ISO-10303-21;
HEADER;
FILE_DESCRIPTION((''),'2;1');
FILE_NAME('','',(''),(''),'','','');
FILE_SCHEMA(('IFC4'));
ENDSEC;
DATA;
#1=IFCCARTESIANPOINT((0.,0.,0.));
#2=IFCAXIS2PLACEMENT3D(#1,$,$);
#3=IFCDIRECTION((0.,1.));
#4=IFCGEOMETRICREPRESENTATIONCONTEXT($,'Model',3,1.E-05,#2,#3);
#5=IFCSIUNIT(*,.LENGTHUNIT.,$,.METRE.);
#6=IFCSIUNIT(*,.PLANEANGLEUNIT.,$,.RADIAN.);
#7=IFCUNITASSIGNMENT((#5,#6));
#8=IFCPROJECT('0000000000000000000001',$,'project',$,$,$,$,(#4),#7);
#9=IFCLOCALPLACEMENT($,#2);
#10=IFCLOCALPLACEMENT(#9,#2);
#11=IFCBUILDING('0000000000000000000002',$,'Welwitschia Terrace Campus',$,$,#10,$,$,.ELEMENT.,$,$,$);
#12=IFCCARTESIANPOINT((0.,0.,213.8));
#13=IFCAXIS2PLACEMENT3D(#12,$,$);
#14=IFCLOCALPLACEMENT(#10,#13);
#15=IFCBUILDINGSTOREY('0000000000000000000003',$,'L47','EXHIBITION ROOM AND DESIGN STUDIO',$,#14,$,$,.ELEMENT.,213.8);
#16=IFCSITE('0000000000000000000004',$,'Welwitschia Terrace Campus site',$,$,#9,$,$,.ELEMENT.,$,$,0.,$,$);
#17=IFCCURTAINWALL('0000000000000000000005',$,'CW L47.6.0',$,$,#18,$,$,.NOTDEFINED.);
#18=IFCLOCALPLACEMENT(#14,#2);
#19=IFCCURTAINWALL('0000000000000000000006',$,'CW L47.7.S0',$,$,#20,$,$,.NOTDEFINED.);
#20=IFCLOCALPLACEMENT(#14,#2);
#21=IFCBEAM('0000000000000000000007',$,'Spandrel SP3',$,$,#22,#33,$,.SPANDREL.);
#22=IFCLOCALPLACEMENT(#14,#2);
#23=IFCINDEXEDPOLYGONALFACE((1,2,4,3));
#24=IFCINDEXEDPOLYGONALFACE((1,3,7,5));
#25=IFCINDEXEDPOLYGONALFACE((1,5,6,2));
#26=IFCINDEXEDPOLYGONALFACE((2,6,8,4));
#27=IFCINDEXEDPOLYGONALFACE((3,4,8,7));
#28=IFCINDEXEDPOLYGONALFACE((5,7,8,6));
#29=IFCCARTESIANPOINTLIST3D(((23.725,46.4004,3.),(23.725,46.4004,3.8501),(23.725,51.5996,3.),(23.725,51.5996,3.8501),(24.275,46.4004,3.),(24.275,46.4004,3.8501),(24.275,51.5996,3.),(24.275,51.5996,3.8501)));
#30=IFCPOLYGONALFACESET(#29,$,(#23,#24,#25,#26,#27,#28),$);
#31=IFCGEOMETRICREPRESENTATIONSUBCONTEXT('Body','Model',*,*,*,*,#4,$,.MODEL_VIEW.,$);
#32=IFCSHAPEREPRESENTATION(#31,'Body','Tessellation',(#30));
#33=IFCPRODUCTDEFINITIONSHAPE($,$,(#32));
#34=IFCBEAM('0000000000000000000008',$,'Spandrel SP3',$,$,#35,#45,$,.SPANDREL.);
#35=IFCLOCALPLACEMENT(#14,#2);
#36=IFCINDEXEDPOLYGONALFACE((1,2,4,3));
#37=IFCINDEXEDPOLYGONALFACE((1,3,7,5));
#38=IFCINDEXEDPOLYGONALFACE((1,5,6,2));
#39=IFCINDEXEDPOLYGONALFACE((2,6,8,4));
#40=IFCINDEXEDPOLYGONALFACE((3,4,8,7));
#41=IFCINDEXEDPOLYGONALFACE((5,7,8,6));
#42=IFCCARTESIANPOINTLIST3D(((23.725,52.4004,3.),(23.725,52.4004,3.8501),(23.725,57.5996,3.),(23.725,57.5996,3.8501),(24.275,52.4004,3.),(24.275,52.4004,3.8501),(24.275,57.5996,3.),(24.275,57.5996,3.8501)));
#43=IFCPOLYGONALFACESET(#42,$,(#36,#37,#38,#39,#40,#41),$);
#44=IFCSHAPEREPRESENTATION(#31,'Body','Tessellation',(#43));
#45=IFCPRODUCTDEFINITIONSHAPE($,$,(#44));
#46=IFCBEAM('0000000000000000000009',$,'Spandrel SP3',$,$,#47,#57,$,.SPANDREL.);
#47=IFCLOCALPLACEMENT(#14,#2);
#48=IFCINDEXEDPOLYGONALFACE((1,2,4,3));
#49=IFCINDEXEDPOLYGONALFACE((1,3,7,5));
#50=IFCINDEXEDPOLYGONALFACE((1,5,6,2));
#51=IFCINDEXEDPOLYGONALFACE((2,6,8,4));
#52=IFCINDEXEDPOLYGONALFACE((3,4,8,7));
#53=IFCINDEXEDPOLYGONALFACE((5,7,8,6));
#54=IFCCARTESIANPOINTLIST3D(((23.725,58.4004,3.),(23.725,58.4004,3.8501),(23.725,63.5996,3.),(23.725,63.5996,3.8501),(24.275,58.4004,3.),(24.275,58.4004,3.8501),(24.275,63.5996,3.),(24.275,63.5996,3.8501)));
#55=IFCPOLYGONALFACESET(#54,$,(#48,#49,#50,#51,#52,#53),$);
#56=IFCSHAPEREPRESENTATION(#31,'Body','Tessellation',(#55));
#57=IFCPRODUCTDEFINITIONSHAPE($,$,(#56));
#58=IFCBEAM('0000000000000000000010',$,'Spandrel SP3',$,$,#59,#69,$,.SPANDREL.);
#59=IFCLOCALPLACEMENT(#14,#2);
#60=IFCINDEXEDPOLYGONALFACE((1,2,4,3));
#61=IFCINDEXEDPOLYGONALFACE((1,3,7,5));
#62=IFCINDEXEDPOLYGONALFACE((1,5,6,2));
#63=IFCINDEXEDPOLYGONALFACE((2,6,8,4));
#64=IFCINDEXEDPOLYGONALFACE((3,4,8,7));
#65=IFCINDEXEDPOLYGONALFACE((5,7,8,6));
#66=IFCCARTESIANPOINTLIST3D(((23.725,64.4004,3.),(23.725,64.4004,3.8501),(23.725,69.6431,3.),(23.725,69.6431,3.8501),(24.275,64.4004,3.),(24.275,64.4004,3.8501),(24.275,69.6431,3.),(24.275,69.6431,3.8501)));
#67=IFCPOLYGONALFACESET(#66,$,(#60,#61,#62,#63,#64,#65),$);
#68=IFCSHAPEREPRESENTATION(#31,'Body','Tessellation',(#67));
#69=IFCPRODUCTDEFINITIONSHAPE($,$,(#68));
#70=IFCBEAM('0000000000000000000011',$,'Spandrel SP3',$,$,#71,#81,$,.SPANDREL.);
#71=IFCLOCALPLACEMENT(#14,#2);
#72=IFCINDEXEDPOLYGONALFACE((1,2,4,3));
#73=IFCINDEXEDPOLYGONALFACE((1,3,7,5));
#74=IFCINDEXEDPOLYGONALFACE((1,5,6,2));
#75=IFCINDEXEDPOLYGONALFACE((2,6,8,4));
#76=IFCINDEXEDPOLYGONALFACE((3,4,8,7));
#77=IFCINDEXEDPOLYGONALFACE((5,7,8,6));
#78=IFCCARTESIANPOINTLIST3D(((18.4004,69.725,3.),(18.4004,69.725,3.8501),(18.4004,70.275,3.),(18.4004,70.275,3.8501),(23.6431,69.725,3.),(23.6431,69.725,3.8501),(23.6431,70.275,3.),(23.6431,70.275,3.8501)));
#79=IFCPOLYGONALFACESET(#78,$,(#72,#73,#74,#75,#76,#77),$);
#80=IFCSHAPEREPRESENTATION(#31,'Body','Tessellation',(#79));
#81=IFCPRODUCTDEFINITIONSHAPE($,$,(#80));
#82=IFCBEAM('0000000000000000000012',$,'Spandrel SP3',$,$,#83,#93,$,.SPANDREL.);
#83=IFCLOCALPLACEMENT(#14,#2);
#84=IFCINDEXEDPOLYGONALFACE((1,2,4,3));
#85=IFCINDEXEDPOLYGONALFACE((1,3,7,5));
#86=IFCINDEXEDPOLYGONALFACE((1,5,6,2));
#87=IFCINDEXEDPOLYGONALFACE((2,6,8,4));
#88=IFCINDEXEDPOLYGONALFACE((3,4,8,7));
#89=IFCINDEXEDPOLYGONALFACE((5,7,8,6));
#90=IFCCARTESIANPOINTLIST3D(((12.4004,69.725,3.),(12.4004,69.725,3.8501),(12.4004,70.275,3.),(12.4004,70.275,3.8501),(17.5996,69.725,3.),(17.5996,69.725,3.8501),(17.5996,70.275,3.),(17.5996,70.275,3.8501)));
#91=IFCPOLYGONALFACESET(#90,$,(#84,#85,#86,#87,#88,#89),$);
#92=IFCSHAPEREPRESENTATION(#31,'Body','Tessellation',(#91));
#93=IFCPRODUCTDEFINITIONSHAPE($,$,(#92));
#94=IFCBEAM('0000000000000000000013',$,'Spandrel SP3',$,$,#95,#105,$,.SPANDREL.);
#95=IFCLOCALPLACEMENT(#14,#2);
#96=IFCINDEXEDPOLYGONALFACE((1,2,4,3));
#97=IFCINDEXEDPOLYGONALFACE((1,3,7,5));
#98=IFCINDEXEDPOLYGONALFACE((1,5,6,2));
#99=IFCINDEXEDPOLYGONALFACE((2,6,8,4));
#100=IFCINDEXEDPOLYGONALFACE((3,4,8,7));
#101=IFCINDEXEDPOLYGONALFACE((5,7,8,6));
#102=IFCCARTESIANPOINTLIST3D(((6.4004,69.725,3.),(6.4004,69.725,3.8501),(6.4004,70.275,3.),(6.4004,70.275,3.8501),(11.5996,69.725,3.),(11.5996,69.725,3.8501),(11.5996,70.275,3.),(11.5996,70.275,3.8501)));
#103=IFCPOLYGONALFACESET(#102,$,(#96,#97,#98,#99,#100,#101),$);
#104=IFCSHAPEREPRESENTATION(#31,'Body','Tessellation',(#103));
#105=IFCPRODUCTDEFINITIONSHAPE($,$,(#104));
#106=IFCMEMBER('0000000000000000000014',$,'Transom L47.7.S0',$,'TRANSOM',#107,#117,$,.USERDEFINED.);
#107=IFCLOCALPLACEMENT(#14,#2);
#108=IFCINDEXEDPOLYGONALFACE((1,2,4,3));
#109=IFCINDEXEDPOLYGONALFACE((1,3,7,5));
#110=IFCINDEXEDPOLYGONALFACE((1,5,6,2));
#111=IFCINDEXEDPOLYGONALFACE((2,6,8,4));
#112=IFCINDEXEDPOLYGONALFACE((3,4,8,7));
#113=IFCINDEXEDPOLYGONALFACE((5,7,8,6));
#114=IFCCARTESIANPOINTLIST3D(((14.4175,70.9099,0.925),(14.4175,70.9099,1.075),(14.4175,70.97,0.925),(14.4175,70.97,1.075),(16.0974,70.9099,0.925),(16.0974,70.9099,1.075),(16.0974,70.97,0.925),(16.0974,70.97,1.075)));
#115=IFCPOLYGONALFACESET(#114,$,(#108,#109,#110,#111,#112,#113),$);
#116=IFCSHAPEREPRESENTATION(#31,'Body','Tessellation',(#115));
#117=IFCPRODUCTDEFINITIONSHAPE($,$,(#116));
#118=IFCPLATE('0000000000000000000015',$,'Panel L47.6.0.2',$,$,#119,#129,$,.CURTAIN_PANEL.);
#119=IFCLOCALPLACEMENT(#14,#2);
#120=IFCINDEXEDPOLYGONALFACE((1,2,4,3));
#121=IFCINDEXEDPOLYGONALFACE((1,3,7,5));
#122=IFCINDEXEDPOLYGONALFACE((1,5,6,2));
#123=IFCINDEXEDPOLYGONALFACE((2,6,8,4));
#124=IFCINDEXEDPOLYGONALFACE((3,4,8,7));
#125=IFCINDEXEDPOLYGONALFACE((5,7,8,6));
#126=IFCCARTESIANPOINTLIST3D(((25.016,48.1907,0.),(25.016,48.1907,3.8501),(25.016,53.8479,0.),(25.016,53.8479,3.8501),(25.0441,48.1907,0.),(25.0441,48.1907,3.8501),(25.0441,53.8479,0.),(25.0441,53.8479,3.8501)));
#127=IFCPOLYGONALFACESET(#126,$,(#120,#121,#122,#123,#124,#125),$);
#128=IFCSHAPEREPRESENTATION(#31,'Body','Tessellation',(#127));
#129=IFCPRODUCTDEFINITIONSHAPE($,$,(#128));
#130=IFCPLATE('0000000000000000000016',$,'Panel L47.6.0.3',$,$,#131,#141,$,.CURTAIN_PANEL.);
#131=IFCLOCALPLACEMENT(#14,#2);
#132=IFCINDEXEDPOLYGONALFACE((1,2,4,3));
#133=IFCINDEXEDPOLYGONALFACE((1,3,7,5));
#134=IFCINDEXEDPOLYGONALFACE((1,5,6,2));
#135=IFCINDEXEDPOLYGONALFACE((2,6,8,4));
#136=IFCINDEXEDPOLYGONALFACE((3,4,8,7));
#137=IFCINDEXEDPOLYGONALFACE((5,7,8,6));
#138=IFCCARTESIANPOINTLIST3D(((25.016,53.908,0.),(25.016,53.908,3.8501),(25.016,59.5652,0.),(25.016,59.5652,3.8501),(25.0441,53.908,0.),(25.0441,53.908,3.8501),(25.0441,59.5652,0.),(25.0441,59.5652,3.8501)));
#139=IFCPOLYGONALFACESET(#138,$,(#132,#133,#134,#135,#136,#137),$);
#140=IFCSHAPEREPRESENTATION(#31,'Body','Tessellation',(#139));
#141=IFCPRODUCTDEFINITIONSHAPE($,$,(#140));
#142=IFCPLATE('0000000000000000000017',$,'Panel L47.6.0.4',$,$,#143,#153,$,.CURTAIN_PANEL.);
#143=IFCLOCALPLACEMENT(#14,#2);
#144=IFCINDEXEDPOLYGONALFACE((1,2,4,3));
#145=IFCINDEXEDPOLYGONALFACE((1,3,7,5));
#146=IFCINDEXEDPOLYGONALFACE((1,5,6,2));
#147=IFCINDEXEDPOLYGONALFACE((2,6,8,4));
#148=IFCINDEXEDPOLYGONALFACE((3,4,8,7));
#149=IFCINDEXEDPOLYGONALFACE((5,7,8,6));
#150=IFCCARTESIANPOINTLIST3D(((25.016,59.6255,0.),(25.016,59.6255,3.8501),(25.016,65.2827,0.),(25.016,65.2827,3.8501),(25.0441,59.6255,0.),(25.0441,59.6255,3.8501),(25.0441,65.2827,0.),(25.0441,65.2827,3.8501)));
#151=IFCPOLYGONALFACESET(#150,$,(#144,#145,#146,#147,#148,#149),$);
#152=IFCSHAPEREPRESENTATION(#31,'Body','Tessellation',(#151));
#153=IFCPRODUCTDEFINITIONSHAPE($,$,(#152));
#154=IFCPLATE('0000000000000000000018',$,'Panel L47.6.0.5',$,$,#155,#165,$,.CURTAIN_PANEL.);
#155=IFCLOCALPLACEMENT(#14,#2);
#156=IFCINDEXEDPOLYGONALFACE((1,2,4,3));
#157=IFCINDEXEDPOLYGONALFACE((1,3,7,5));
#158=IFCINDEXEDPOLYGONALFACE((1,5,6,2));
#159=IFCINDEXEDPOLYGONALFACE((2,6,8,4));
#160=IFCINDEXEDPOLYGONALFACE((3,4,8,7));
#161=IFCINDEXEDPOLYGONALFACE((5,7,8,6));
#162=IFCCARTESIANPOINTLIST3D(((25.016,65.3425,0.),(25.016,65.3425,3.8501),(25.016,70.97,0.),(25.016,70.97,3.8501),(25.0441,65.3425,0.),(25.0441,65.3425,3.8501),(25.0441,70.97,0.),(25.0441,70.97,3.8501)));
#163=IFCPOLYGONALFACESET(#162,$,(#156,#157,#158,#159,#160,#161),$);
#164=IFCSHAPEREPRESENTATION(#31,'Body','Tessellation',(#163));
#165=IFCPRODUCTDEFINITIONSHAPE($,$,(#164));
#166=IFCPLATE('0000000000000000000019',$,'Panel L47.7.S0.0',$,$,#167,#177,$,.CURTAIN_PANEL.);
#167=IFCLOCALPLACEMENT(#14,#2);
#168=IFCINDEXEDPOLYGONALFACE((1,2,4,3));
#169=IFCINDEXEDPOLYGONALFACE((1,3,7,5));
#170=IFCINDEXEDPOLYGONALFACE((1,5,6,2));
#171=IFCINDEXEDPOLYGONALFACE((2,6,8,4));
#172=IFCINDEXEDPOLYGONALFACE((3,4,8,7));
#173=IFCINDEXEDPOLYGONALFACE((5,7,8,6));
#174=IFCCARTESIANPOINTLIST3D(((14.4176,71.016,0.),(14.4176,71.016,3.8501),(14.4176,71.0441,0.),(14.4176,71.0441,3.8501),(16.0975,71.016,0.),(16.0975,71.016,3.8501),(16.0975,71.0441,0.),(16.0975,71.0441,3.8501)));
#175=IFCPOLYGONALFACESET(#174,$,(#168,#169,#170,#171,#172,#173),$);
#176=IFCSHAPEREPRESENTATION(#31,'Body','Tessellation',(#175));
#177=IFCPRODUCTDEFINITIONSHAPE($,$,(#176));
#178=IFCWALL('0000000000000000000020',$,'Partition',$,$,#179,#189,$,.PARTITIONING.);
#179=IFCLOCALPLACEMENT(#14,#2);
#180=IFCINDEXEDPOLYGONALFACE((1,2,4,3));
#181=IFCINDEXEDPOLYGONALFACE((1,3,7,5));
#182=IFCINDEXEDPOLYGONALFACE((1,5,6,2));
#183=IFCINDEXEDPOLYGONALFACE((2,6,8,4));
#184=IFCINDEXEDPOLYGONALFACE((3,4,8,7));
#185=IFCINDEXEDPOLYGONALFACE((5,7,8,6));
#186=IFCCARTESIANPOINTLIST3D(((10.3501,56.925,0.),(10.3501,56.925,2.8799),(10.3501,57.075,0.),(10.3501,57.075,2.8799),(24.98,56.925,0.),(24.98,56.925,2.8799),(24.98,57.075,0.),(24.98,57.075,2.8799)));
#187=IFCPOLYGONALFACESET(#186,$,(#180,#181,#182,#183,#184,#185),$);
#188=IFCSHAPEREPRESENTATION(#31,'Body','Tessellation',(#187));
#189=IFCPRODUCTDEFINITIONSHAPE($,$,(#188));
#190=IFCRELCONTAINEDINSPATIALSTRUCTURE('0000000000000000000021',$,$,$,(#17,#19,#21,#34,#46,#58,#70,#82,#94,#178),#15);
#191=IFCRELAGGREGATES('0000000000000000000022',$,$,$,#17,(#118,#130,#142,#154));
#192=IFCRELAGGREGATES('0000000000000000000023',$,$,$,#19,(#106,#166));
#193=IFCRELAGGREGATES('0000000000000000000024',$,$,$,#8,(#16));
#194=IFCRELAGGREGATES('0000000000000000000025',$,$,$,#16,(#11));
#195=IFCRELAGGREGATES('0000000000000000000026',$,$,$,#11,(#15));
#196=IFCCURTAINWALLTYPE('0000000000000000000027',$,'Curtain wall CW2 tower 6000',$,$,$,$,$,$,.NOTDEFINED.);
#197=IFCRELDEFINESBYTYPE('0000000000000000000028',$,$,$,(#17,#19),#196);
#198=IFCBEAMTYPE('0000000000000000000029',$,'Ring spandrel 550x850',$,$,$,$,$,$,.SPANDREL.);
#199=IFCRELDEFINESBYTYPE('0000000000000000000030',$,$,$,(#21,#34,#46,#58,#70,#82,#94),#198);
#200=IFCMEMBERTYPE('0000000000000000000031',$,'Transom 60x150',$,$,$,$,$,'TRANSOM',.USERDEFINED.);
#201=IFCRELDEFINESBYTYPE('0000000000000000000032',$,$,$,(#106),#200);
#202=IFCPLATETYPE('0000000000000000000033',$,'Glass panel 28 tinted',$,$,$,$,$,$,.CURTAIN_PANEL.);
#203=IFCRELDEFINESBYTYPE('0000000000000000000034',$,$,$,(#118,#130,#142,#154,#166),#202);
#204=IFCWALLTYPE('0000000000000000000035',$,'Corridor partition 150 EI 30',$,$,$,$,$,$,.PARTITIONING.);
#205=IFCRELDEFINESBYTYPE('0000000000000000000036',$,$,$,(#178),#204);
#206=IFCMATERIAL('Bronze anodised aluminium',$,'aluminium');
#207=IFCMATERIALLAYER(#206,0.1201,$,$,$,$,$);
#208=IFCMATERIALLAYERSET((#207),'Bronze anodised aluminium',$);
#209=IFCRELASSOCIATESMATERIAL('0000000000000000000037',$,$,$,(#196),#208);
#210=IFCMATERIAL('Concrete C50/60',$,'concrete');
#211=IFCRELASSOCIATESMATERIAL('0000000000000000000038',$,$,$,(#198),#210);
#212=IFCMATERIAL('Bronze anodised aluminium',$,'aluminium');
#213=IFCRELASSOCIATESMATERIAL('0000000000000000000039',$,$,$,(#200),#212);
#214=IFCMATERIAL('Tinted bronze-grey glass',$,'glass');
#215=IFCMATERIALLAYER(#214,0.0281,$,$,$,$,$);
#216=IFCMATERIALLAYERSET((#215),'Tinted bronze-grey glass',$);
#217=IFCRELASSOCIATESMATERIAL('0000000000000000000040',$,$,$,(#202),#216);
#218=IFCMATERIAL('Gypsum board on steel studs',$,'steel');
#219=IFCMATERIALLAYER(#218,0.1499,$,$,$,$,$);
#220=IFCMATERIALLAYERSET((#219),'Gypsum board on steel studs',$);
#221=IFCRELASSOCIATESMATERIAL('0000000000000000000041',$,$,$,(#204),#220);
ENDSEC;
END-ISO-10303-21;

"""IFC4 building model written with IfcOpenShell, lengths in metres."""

from ifc_helpers import new_model, si_unit, direction, frame, frame_2d, origin, origin_2d, place, context, subcontext, project, spatial, rectangle, extrude, material, layer, layer_set, material_profile, profile_set, type_object, element, aggregate, save


model = new_model("IFC4")

# Units and contexts
model_context = context("Model", 3, precision=1e-05, world=origin(), true_north=direction((0.0, 1.0)))
body_context = subcontext(model_context, "Body", "Model", "MODEL_VIEW")
ifc_project = project(units=[si_unit("LENGTHUNIT", "METRE"), si_unit("PLANEANGLEUNIT", "RADIAN")], contexts=[model_context])

# Site, building, storey
site_placement = place(None, origin())
site = spatial("IfcSite", under=ifc_project, at=site_placement, Name="Welwitschia Terrace Campus site", CompositionType="ELEMENT", RefElevation=0.0)
building_placement = place(site_placement, origin())
building = spatial("IfcBuilding", under=site, at=building_placement, Name="Welwitschia Terrace Campus", CompositionType="ELEMENT")
storey_placement = place(building_placement, frame((0.0, 0.0, 213.8)))
storey = spatial("IfcBuildingStorey", under=building, at=storey_placement, Name="L47", Description="EXHIBITION ROOM AND DESIGN STUDIO", CompositionType="ELEMENT", Elevation=213.8)

# Curtain walls
ifc_material_1 = material(Name="Bronze anodised aluminium", Category="aluminium")
ifc_layer_1 = layer(ifc_material_1, 0.1201)
ifc_layer_set_1 = layer_set([ifc_layer_1], Name="Bronze anodised aluminium")
curtain_wall_type = type_object("IfcCurtainWallType", Name="Curtain wall CW2 tower 6000", PredefinedType="NOTDEFINED", material=ifc_layer_set_1)
curtain_wall_1_placement = place(storey_placement, origin())
curtain_wall_1 = element("IfcCurtainWall", 1, at=curtain_wall_1_placement, inside=storey, type_object=curtain_wall_type, Name="CW L47.6.0", PredefinedType="NOTDEFINED")
curtain_wall_2_placement = place(storey_placement, origin())
curtain_wall_2 = element("IfcCurtainWall", 2, at=curtain_wall_2_placement, inside=storey, type_object=curtain_wall_type, Name="CW L47.7.S0", PredefinedType="NOTDEFINED")

# Beams
ifc_material_2 = material(Name="Concrete C50/60", Category="concrete")
ifc_material_profile_1 = material_profile(ifc_material_2, rectangle(XDim=0.55, YDim=0.8501, at=origin_2d()))
ifc_profile_set_1 = profile_set([ifc_material_profile_1], Name="Concrete C50/60")
beam_type_1 = type_object("IfcBeamType", Name="Ring spandrel 550x850", PredefinedType="SPANDREL", material=ifc_profile_set_1)
for number, where, z_axis, x_axis, name in (
    (3, (24.0, 46.4004, 3.425), (0.0, 1.0, 0.0), (-1.0, 0.0, 0.0), "Spandrel SP3"),
    (4, (24.0, 52.4004, 3.425), (0.0, 1.0, 0.0), (-1.0, 0.0, 0.0), "Spandrel SP3"),
    (5, (24.0, 58.4004, 3.425), (0.0, 1.0, 0.0), (-1.0, 0.0, 0.0), "Spandrel SP3"),
):
    element("IfcBeam", number, at=place(storey_placement, frame(where, z_axis=z_axis, x_axis=x_axis)), inside=storey, type_object=beam_type_1, Name=name, PredefinedType="SPANDREL", context=body_context, shape_type="SweptSolid", body=[
        extrude(rectangle(XDim=0.55, YDim=0.8501, at=origin_2d()), origin(), (0.0, 0.0, 1.0), 5.1992),
    ])
for number, where, z_axis, x_axis, name in (
    (6, (24.0, 64.4004, 3.425), (0.0, 1.0, 0.0), (-1.0, 0.0, 0.0), "Spandrel SP3"),
    (7, (23.6431, 70.0, 3.425), (-1.0, 0.0, 0.0), (0.0, -1.0, 0.0), "Spandrel SP3"),
):
    element("IfcBeam", number, at=place(storey_placement, frame(where, z_axis=z_axis, x_axis=x_axis)), inside=storey, type_object=beam_type_1, Name=name, PredefinedType="SPANDREL", context=body_context, shape_type="SweptSolid", body=[
        extrude(rectangle(XDim=0.55, YDim=0.8501, at=origin_2d()), origin(), (0.0, 0.0, 1.0), 5.2427),
    ])
for number, where, z_axis, x_axis, name in (
    (8, (17.5996, 70.0, 3.425), (-1.0, 0.0, 0.0), (0.0, -1.0, 0.0), "Spandrel SP3"),
    (9, (11.5996, 70.0, 3.425), (-1.0, 0.0, 0.0), (0.0, -1.0, 0.0), "Spandrel SP3"),
):
    element("IfcBeam", number, at=place(storey_placement, frame(where, z_axis=z_axis, x_axis=x_axis)), inside=storey, type_object=beam_type_1, Name=name, PredefinedType="SPANDREL", context=body_context, shape_type="SweptSolid", body=[
        extrude(rectangle(XDim=0.55, YDim=0.8501, at=origin_2d()), origin(), (0.0, 0.0, 1.0), 5.1992),
    ])

# Member
ifc_material_3 = material(Name="Bronze anodised aluminium", Category="aluminium")
ifc_material_profile_2 = material_profile(ifc_material_3, rectangle(XDim=0.0601, YDim=0.1499, at=origin_2d()))
ifc_profile_set_2 = profile_set([ifc_material_profile_2], Name="Bronze anodised aluminium")
member_type_1 = type_object("IfcMemberType", Name="Transom 60x150", ElementType="TRANSOM", PredefinedType="USERDEFINED", material=ifc_profile_set_2)
member_1_placement = place(storey_placement, frame((16.0974, 70.9399, 1.0), z_axis=(-1.0, 0.0, 0.0), x_axis=(0.0, -1.0, 0.0)))
member_1 = element("IfcMember", 10, at=member_1_placement, type_object=member_type_1, Name="Transom L47.7.S0", ObjectType="TRANSOM", PredefinedType="USERDEFINED", context=body_context, shape_type="SweptSolid", body=[
    extrude(rectangle(XDim=0.0601, YDim=0.1499, at=origin_2d()), origin(), (0.0, 0.0, 1.0), 1.6799),
])

# Plates
ifc_material_4 = material(Name="Tinted bronze-grey glass", Category="glass")
ifc_layer_2 = layer(ifc_material_4, 0.0281)
ifc_layer_set_2 = layer_set([ifc_layer_2], Name="Tinted bronze-grey glass")
plate_type = type_object("IfcPlateType", Name="Glass panel 28 tinted", PredefinedType="CURTAIN_PANEL", material=ifc_layer_set_2)
plate_1_placement = place(storey_placement, frame((25.03, 51.0193, 0.0), z_axis=(0.0, 0.0, 1.0), x_axis=(0.0, 1.0, 0.0)))
plate_1 = element("IfcPlate", 11, at=plate_1_placement, type_object=plate_type, Name="Panel L47.6.0.2", PredefinedType="CURTAIN_PANEL", context=body_context, shape_type="SweptSolid", body=[
    extrude(rectangle(XDim=5.6572, YDim=0.0281, at=origin_2d()), origin(), (0.0, 0.0, 1.0), 3.8501),
])
plate_2_placement = place(storey_placement, frame((25.03, 56.7366, 0.0), z_axis=(0.0, 0.0, 1.0), x_axis=(0.0, 1.0, 0.0)))
plate_2 = element("IfcPlate", 12, at=plate_2_placement, type_object=plate_type, Name="Panel L47.6.0.3", PredefinedType="CURTAIN_PANEL", context=body_context, shape_type="SweptSolid", body=[
    extrude(rectangle(XDim=5.6572, YDim=0.0281, at=origin_2d()), origin(), (0.0, 0.0, 1.0), 3.8501),
])
plate_3_placement = place(storey_placement, frame((25.03, 62.4541, 0.0), z_axis=(0.0, 0.0, 1.0), x_axis=(0.0, 1.0, 0.0)))
plate_3 = element("IfcPlate", 13, at=plate_3_placement, type_object=plate_type, Name="Panel L47.6.0.4", PredefinedType="CURTAIN_PANEL", context=body_context, shape_type="SweptSolid", body=[
    extrude(rectangle(XDim=5.6572, YDim=0.0281, at=origin_2d()), origin(), (0.0, 0.0, 1.0), 3.8501),
])
plate_4_placement = place(storey_placement, frame((25.03, 68.1562, 0.0), z_axis=(0.0, 0.0, 1.0), x_axis=(0.0, 1.0, 0.0)))
plate_4 = element("IfcPlate", 14, at=plate_4_placement, type_object=plate_type, Name="Panel L47.6.0.5", PredefinedType="CURTAIN_PANEL", context=body_context, shape_type="SweptSolid", body=[
    extrude(rectangle(XDim=5.6274, YDim=0.0281, at=origin_2d()), origin(), (0.0, 0.0, 1.0), 3.8501),
])
aggregate(curtain_wall_1, [plate_1, plate_2, plate_3, plate_4])
plate_5_placement = place(storey_placement, frame((15.2576, 71.03, 0.0), z_axis=(0.0, 0.0, 1.0), x_axis=(-1.0, 0.0, 0.0)))
plate_5 = element("IfcPlate", 15, at=plate_5_placement, type_object=plate_type, Name="Panel L47.7.S0.0", PredefinedType="CURTAIN_PANEL", context=body_context, shape_type="SweptSolid", body=[
    extrude(rectangle(XDim=1.6799, YDim=0.0281, at=origin_2d()), origin(), (0.0, 0.0, 1.0), 3.8501),
])
aggregate(curtain_wall_2, [member_1, plate_5])

# Wall
ifc_material_5 = material(Name="Gypsum board on steel studs", Category="steel")
ifc_layer_3 = layer(ifc_material_5, 0.1499)
ifc_layer_set_3 = layer_set([ifc_layer_3], Name="Gypsum board on steel studs")
wall_type_1 = type_object("IfcWallType", Name="Corridor partition 150 EI 30", PredefinedType="PARTITIONING", material=ifc_layer_set_3)
wall_1_placement = place(storey_placement, frame((10.3501, 57.0, 0.0), z_axis=(0.0, 0.0, 1.0), x_axis=(1.0, 0.0, 0.0)))
element("IfcWall", 16, at=wall_1_placement, inside=storey, type_object=wall_type_1, Name="Partition", PredefinedType="PARTITIONING", context=body_context, shape_type="SweptSolid", body=[
    extrude(rectangle(XDim=14.6299, YDim=0.1499, at=frame_2d((7.3149, 0.0))), origin(), (0.0, 0.0, 1.0), 2.8799),
])

save(model, "model.ifc")
